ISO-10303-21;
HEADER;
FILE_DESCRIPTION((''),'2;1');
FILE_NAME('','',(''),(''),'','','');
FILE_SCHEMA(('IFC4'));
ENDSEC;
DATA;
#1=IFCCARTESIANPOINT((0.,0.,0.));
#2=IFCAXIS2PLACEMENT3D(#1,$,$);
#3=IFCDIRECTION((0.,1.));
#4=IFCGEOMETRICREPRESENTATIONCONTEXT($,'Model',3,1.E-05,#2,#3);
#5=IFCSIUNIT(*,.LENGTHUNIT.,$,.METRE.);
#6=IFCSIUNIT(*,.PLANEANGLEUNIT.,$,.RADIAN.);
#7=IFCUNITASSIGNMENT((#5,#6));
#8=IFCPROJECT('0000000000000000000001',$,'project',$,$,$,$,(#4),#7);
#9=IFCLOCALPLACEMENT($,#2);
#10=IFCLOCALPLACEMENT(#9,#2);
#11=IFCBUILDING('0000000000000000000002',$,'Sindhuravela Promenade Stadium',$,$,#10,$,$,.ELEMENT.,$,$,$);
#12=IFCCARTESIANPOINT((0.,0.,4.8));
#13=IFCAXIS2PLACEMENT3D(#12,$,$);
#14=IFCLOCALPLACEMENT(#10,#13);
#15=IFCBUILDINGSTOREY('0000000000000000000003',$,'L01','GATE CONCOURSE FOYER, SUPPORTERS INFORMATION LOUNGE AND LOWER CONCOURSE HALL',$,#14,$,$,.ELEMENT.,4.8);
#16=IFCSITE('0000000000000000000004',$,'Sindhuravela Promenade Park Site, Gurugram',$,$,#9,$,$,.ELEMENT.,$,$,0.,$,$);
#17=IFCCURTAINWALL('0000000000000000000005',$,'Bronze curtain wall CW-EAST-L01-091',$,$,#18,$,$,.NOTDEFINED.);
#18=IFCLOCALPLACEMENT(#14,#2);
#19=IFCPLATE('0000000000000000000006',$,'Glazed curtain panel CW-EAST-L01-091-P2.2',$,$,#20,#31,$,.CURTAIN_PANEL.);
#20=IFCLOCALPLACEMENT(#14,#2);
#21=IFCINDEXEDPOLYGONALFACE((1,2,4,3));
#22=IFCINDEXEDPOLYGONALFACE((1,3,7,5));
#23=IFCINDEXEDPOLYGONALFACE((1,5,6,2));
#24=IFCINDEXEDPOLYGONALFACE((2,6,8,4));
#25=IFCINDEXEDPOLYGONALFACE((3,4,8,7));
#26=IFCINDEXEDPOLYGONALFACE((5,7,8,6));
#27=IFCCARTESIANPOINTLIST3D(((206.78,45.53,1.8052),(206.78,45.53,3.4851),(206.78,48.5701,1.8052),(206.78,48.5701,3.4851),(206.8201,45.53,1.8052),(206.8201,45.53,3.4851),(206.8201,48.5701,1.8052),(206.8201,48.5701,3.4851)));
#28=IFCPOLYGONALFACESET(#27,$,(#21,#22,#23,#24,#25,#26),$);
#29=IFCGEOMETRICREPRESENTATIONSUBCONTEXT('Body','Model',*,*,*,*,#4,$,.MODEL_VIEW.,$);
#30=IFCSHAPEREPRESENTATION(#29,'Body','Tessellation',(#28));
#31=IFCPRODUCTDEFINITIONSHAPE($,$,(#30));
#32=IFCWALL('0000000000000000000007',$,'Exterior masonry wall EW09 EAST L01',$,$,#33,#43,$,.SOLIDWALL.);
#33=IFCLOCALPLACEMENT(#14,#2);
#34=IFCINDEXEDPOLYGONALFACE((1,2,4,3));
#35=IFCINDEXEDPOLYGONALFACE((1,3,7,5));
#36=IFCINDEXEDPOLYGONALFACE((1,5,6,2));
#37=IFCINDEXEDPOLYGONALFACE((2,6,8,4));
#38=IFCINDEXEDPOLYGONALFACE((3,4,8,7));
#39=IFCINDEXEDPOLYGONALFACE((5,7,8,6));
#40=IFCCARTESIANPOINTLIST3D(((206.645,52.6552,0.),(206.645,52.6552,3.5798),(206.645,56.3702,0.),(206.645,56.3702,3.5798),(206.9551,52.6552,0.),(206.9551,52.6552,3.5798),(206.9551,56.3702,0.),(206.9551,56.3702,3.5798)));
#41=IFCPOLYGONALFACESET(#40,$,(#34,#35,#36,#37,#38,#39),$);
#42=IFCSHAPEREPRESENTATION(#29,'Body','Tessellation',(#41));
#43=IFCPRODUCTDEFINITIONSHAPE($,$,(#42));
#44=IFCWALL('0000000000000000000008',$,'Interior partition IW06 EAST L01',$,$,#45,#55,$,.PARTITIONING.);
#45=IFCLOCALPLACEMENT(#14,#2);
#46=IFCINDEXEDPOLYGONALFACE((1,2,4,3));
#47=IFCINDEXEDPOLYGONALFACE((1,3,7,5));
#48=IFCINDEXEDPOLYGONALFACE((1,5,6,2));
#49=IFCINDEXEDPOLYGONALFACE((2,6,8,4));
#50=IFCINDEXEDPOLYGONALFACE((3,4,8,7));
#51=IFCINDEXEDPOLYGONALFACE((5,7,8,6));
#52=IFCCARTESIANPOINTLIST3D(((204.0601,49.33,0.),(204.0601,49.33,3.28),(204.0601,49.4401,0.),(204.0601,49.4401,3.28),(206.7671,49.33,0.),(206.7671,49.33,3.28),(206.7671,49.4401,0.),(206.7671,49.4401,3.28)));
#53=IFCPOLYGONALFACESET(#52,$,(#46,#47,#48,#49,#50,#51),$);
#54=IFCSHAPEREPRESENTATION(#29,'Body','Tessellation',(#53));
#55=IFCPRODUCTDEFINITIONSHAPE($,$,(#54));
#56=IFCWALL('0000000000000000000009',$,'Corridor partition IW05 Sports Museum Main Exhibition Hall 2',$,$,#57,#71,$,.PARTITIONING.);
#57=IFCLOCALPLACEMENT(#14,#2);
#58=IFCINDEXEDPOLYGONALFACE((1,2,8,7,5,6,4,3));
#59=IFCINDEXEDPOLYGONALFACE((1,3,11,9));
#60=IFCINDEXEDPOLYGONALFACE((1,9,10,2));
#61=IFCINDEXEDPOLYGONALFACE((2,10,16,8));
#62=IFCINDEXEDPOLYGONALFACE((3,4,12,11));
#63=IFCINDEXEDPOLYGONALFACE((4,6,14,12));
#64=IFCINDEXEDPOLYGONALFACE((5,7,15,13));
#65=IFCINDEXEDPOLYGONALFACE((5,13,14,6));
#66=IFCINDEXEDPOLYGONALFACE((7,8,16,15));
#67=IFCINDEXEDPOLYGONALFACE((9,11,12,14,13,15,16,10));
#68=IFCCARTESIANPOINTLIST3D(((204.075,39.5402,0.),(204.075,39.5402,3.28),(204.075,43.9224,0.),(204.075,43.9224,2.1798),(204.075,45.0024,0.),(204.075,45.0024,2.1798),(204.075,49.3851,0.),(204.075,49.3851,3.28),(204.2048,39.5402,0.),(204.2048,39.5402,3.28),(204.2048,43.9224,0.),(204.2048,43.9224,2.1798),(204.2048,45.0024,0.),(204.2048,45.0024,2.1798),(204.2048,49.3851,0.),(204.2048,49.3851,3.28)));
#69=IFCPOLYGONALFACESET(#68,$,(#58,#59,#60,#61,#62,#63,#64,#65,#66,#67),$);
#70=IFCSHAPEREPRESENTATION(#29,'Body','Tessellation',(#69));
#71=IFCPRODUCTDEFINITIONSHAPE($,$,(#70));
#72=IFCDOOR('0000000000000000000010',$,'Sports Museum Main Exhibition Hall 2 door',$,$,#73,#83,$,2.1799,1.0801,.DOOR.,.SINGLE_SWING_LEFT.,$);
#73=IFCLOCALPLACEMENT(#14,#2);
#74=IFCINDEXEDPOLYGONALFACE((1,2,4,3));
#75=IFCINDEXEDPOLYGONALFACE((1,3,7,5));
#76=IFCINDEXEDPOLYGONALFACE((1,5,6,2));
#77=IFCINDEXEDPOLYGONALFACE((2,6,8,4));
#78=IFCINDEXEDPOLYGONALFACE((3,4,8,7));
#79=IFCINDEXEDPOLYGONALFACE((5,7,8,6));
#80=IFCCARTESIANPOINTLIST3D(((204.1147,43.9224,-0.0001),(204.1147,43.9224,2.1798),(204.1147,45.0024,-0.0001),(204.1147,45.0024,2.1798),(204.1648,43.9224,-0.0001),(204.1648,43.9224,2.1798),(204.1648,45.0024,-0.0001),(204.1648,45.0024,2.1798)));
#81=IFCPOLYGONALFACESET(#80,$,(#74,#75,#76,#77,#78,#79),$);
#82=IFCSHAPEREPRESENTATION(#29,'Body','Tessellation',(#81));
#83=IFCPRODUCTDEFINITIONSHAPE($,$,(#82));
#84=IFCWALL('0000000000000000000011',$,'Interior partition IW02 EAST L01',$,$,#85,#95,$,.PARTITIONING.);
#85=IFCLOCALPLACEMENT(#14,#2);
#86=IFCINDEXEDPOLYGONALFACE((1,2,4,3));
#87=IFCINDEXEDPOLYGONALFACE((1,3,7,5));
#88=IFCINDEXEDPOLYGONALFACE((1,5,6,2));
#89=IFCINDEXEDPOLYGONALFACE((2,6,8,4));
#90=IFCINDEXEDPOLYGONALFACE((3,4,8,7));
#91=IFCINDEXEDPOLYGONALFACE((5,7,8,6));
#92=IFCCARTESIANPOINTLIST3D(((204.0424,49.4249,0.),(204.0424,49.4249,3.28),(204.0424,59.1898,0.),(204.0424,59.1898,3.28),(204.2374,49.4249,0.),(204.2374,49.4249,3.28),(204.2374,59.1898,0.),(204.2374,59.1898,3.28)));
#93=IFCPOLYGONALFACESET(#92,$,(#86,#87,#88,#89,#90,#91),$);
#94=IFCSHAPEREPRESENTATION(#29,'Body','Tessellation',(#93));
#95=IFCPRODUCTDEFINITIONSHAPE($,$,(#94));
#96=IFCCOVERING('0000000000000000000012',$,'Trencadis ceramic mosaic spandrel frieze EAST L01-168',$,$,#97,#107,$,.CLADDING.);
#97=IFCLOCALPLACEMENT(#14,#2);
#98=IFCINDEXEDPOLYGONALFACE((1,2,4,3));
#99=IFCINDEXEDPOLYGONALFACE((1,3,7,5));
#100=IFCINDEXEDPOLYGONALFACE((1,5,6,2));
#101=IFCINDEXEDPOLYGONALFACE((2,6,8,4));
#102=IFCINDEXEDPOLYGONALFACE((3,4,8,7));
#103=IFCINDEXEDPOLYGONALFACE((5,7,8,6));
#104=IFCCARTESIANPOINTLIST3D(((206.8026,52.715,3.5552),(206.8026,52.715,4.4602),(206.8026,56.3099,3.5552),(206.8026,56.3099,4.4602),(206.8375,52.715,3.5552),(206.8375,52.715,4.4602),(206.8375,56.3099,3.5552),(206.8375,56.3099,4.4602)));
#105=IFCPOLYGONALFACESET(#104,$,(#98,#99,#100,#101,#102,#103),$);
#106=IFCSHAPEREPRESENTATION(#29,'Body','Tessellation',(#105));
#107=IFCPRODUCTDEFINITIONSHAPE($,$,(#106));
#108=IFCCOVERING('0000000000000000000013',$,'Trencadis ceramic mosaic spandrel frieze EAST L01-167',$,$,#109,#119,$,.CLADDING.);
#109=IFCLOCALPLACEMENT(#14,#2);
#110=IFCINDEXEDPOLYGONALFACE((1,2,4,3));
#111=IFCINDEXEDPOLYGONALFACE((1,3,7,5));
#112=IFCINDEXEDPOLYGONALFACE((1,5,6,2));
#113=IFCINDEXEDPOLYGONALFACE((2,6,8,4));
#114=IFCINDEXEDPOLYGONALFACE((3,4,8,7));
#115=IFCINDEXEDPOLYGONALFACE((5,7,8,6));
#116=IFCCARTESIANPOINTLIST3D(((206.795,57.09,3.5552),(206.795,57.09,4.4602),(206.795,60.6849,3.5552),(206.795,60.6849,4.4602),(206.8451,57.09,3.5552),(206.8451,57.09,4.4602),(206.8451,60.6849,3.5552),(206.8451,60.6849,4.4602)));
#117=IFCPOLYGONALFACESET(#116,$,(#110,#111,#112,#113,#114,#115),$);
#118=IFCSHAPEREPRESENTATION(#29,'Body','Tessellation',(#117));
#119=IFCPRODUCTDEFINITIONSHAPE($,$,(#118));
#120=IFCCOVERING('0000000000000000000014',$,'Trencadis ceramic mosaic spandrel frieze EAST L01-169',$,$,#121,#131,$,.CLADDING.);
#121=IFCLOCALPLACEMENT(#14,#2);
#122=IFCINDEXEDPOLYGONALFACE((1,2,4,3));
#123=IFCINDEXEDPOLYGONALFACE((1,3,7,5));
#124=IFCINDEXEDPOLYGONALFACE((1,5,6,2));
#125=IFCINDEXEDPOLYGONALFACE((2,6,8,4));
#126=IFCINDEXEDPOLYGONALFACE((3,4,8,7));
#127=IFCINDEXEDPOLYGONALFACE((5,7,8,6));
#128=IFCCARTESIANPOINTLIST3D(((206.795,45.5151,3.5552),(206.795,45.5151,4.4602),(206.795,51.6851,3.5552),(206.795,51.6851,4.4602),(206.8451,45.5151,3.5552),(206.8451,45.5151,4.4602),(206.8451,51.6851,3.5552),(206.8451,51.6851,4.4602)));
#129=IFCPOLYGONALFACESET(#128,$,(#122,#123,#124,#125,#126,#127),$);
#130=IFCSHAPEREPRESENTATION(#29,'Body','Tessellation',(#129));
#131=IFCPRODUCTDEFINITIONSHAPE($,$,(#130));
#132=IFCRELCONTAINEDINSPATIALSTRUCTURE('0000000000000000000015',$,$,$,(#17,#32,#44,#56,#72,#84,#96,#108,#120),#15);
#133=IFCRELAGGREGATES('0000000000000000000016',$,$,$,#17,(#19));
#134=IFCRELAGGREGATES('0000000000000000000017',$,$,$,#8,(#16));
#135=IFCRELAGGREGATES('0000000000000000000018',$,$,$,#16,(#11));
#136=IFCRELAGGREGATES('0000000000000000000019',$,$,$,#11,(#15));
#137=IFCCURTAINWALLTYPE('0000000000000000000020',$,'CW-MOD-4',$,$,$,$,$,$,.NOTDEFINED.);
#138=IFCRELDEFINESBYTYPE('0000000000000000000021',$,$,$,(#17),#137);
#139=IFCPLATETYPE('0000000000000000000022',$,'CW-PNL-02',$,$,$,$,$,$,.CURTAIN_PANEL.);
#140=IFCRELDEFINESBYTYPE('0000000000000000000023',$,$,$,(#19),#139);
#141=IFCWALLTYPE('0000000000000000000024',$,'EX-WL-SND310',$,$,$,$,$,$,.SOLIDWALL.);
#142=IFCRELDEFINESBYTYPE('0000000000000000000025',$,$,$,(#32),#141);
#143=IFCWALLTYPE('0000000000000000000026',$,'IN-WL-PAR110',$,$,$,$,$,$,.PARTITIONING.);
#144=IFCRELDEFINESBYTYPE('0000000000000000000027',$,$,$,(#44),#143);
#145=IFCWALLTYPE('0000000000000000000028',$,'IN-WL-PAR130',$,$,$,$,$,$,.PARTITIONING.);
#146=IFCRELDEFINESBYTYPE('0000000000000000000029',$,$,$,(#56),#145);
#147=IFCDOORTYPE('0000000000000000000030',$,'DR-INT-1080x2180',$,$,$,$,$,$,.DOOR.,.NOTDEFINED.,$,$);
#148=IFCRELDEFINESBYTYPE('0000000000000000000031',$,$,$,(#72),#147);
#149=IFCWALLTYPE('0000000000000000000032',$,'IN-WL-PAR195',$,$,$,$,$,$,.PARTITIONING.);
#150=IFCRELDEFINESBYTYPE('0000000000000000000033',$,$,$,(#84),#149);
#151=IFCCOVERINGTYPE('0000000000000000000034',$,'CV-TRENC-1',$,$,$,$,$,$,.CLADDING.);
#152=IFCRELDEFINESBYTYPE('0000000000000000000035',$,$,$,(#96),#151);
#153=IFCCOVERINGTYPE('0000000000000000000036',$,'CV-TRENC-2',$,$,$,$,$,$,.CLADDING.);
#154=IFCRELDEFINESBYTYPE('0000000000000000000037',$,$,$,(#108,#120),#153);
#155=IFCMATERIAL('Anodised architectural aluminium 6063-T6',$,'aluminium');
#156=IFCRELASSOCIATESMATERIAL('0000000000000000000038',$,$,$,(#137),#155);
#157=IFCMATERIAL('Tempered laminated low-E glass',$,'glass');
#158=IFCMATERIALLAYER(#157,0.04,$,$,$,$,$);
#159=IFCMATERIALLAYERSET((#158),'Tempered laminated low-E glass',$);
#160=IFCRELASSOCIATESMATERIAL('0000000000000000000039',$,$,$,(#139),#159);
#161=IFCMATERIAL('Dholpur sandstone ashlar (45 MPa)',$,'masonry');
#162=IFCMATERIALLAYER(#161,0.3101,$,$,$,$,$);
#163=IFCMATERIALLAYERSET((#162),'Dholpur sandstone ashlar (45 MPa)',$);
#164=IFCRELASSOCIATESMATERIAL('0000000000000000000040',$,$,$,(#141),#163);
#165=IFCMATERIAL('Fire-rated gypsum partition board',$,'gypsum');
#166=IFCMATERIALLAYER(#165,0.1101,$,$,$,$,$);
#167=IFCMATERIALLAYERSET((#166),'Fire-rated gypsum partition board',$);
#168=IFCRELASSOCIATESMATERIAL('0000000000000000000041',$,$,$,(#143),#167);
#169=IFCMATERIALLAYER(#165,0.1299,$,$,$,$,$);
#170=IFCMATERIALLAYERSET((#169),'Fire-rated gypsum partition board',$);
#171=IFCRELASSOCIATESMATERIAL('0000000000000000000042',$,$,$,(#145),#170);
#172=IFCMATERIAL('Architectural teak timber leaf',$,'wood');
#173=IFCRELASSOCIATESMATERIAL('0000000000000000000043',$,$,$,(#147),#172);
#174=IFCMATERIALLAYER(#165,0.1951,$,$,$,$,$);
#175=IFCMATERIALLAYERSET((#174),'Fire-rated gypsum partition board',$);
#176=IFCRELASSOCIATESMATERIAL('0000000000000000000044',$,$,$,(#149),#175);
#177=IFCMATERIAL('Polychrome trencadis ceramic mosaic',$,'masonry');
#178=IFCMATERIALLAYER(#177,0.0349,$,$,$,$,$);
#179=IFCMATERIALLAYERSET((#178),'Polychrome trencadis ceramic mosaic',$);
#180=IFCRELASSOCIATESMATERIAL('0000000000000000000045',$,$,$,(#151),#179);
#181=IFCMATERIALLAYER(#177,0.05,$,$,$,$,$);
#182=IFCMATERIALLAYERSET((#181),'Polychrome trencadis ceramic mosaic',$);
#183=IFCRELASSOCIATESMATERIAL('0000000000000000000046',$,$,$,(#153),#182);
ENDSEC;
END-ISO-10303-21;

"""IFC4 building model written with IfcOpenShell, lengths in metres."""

from ifc_helpers import new_model, si_unit, direction, frame, frame_2d, origin, origin_2d, place, context, subcontext, project, spatial, rectangle, extrude, material, layer, layer_set, type_object, element, fill, aggregate, save


model = new_model("IFC4")

# Units and contexts
model_context = context("Model", 3, precision=1e-05, world=origin(), true_north=direction((0.0, 1.0)))
body_context = subcontext(model_context, "Body", "Model", "MODEL_VIEW")
ifc_project = project(units=[si_unit("LENGTHUNIT", "METRE"), si_unit("PLANEANGLEUNIT", "RADIAN")], contexts=[model_context])

# Site, building, storey
site_placement = place(None, origin())
site = spatial("IfcSite", under=ifc_project, at=site_placement, Name="Sindhuravela Promenade Park Site, Gurugram", CompositionType="ELEMENT", RefElevation=0.0)
building_placement = place(site_placement, origin())
building = spatial("IfcBuilding", under=site, at=building_placement, Name="Sindhuravela Promenade Stadium", CompositionType="ELEMENT")
storey_placement = place(building_placement, frame((0.0, 0.0, 4.8)))
storey = spatial("IfcBuildingStorey", under=building, at=storey_placement, Name="L01", Description="GATE CONCOURSE FOYER, SUPPORTERS INFORMATION LOUNGE AND LOWER CONCOURSE HALL", CompositionType="ELEMENT", Elevation=4.8)

# Curtain wall
ifc_material_1 = material(Name="Anodised architectural aluminium 6063-T6", Category="aluminium")
curtain_wall_type = type_object("IfcCurtainWallType", Name="CW-MOD-4", PredefinedType="NOTDEFINED", material=ifc_material_1)
curtain_wall_placement = place(storey_placement, origin())
curtain_wall = element("IfcCurtainWall", 1, at=curtain_wall_placement, inside=storey, type_object=curtain_wall_type, Name="Bronze curtain wall CW-EAST-L01-091", PredefinedType="NOTDEFINED")

# Plate
ifc_material_2 = material(Name="Tempered laminated low-E glass", Category="glass")
ifc_layer_1 = layer(ifc_material_2, 0.04)
ifc_layer_set_1 = layer_set([ifc_layer_1], Name="Tempered laminated low-E glass")
plate_type = type_object("IfcPlateType", Name="CW-PNL-02", PredefinedType="CURTAIN_PANEL", material=ifc_layer_set_1)
plate_1_placement = place(storey_placement, frame((206.8, 47.05, 1.8052), z_axis=(0.0, 0.0, 1.0), x_axis=(0.0, -1.0, 0.0)))
plate_1 = element("IfcPlate", 2, at=plate_1_placement, type_object=plate_type, Name="Glazed curtain panel CW-EAST-L01-091-P2.2", PredefinedType="CURTAIN_PANEL", context=body_context, shape_type="SweptSolid", body=[
    extrude(rectangle(XDim=3.04, YDim=0.04, at=origin_2d()), origin(), (0.0, 0.0, 1.0), 1.6799),
])
aggregate(curtain_wall, [plate_1])

# Walls
ifc_material_3 = material(Name="Dholpur sandstone ashlar (45 MPa)", Category="masonry")
ifc_layer_2 = layer(ifc_material_3, 0.3101)
ifc_layer_set_2 = layer_set([ifc_layer_2], Name="Dholpur sandstone ashlar (45 MPa)")
wall_type_1 = type_object("IfcWallType", Name="EX-WL-SND310", PredefinedType="SOLIDWALL", material=ifc_layer_set_2)
wall_1_placement = place(storey_placement, frame((206.8, 56.3701, 0.0), z_axis=(0.0, 0.0, 1.0), x_axis=(0.0, -1.0, 0.0)))
element("IfcWall", 3, at=wall_1_placement, inside=storey, type_object=wall_type_1, Name="Exterior masonry wall EW09 EAST L01", PredefinedType="SOLIDWALL", context=body_context, shape_type="SweptSolid", body=[
    extrude(rectangle(XDim=3.7151, YDim=0.3101, at=frame_2d((1.8574, 0.0))), origin(), (0.0, 0.0, 1.0), 3.5798),
])
ifc_material_4 = material(Name="Fire-rated gypsum partition board", Category="gypsum")
ifc_layer_3 = layer(ifc_material_4, 0.1101)
ifc_layer_set_3 = layer_set([ifc_layer_3], Name="Fire-rated gypsum partition board")
wall_type_2 = type_object("IfcWallType", Name="IN-WL-PAR110", PredefinedType="PARTITIONING", material=ifc_layer_set_3)
wall_2_placement = place(storey_placement, frame((204.0601, 49.385, 0.0), z_axis=(0.0, 0.0, 1.0), x_axis=(1.0, 0.0, 0.0)))
element("IfcWall", 4, at=wall_2_placement, inside=storey, type_object=wall_type_2, Name="Interior partition IW06 EAST L01", PredefinedType="PARTITIONING", context=body_context, shape_type="SweptSolid", body=[
    extrude(rectangle(XDim=2.707, YDim=0.1101, at=frame_2d((1.3535, 0.0))), origin(), (0.0, 0.0, 1.0), 3.28),
])

# Wall, opening, door
ifc_layer_4 = layer(ifc_material_4, 0.1299)
ifc_layer_set_4 = layer_set([ifc_layer_4], Name="Fire-rated gypsum partition board")
wall_type_3 = type_object("IfcWallType", Name="IN-WL-PAR130", PredefinedType="PARTITIONING", material=ifc_layer_set_4)
wall_3_placement = place(storey_placement, frame((204.1399, 49.385, 0.0), z_axis=(0.0, 0.0, 1.0), x_axis=(0.0, -1.0, 0.0)))
wall_3 = element("IfcWall", 5, at=wall_3_placement, inside=storey, type_object=wall_type_3, Name="Corridor partition IW05 Sports Museum Main Exhibition Hall 2", PredefinedType="PARTITIONING", context=body_context, shape_type="SweptSolid", body=[
    extrude(rectangle(XDim=9.845, YDim=0.1299, at=frame_2d((4.9224, 0.0))), origin(), (0.0, 0.0, 1.0), 3.28),
])
opening_placement = place(wall_3_placement, frame((4.3826, 0.0, 0.0)))
opening = element("IfcOpeningElement", 6, at=opening_placement, cuts=wall_3, PredefinedType="OPENING", context=body_context, shape_type="SweptSolid", body=[
    extrude(rectangle(XDim=1.0801, YDim=2.1799, at=frame_2d((0.54, 1.0898))), frame((0.0, 0.075, 0.0), z_axis=(0.0, -1.0, 0.0), x_axis=(1.0, 0.0, 0.0)), (0.0, 0.0, 1.0), 0.1499),
])
ifc_material_5 = material(Name="Architectural teak timber leaf", Category="wood")
door_type = type_object("IfcDoorType", Name="DR-INT-1080x2180", OperationType="NOTDEFINED", PredefinedType="DOOR", material=ifc_material_5)
door_placement = place(opening_placement, origin())
door = element("IfcDoor", 7, at=door_placement, inside=storey, type_object=door_type, Name="Sports Museum Main Exhibition Hall 2 door", OperationType="SINGLE_SWING_LEFT", OverallHeight=2.1799, OverallWidth=1.0801, PredefinedType="DOOR", context=body_context, shape_type="SweptSolid", body=[
    extrude(rectangle(XDim=1.0801, YDim=2.1799, at=frame_2d((0.54, 1.0898))), frame((0.0, 0.0249, 0.0), z_axis=(0.0, -1.0, 0.0), x_axis=(1.0, 0.0, 0.0)), (0.0, 0.0, 1.0), 0.05),
])
fill(opening, door)

# Wall
ifc_layer_5 = layer(ifc_material_4, 0.1951)
ifc_layer_set_5 = layer_set([ifc_layer_5], Name="Fire-rated gypsum partition board")
wall_type_4 = type_object("IfcWallType", Name="IN-WL-PAR195", PredefinedType="PARTITIONING", material=ifc_layer_set_5)
wall_4_placement = place(storey_placement, frame((204.1399, 49.425, 0.0), z_axis=(0.0, 0.0, 1.0), x_axis=(0.0, 1.0, 0.0)))
element("IfcWall", 8, at=wall_4_placement, inside=storey, type_object=wall_type_4, Name="Interior partition IW02 EAST L01", PredefinedType="PARTITIONING", context=body_context, shape_type="SweptSolid", body=[
    extrude(rectangle(XDim=9.7649, YDim=0.1951, at=frame_2d((4.8823, 0.0))), origin(), (0.0, 0.0, 1.0), 3.28),
])

# Coverings
ifc_material_6 = material(Name="Polychrome trencadis ceramic mosaic", Category="masonry")
ifc_layer_6 = layer(ifc_material_6, 0.0349)
ifc_layer_set_6 = layer_set([ifc_layer_6], Name="Polychrome trencadis ceramic mosaic")
covering_type_1 = type_object("IfcCoveringType", Name="CV-TRENC-1", PredefinedType="CLADDING", material=ifc_layer_set_6)
covering_1_placement = place(storey_placement, frame((206.8201, 54.5125, 3.5552), z_axis=(0.0, 0.0, 1.0), x_axis=(0.0, -1.0, 0.0)))
element("IfcCovering", 9, at=covering_1_placement, inside=storey, type_object=covering_type_1, Name="Trencadis ceramic mosaic spandrel frieze EAST L01-168", PredefinedType="CLADDING", context=body_context, shape_type="SweptSolid", body=[
    extrude(rectangle(XDim=3.595, YDim=0.0349, at=origin_2d()), origin(), (0.0, 0.0, 1.0), 0.905),
])
ifc_layer_7 = layer(ifc_material_6, 0.05)
ifc_layer_set_7 = layer_set([ifc_layer_7], Name="Polychrome trencadis ceramic mosaic")
covering_type_2 = type_object("IfcCoveringType", Name="CV-TRENC-2", PredefinedType="CLADDING", material=ifc_layer_set_7)
covering_2_placement = place(storey_placement, frame((206.8201, 58.8875, 3.5552), z_axis=(0.0, 0.0, 1.0), x_axis=(0.0, -1.0, 0.0)))
element("IfcCovering", 10, at=covering_2_placement, inside=storey, type_object=covering_type_2, Name="Trencadis ceramic mosaic spandrel frieze EAST L01-167", PredefinedType="CLADDING", context=body_context, shape_type="SweptSolid", body=[
    extrude(rectangle(XDim=3.595, YDim=0.05, at=origin_2d()), origin(), (0.0, 0.0, 1.0), 0.905),
])
covering_3_placement = place(storey_placement, frame((206.8201, 48.6001, 3.5552), z_axis=(0.0, 0.0, 1.0), x_axis=(0.0, -1.0, 0.0)))
element("IfcCovering", 11, at=covering_3_placement, inside=storey, type_object=covering_type_2, Name="Trencadis ceramic mosaic spandrel frieze EAST L01-169", PredefinedType="CLADDING", context=body_context, shape_type="SweptSolid", body=[
    extrude(rectangle(XDim=6.1699, YDim=0.05, at=origin_2d()), origin(), (0.0, 0.0, 1.0), 0.905),
])

save(model, "model.ifc")
